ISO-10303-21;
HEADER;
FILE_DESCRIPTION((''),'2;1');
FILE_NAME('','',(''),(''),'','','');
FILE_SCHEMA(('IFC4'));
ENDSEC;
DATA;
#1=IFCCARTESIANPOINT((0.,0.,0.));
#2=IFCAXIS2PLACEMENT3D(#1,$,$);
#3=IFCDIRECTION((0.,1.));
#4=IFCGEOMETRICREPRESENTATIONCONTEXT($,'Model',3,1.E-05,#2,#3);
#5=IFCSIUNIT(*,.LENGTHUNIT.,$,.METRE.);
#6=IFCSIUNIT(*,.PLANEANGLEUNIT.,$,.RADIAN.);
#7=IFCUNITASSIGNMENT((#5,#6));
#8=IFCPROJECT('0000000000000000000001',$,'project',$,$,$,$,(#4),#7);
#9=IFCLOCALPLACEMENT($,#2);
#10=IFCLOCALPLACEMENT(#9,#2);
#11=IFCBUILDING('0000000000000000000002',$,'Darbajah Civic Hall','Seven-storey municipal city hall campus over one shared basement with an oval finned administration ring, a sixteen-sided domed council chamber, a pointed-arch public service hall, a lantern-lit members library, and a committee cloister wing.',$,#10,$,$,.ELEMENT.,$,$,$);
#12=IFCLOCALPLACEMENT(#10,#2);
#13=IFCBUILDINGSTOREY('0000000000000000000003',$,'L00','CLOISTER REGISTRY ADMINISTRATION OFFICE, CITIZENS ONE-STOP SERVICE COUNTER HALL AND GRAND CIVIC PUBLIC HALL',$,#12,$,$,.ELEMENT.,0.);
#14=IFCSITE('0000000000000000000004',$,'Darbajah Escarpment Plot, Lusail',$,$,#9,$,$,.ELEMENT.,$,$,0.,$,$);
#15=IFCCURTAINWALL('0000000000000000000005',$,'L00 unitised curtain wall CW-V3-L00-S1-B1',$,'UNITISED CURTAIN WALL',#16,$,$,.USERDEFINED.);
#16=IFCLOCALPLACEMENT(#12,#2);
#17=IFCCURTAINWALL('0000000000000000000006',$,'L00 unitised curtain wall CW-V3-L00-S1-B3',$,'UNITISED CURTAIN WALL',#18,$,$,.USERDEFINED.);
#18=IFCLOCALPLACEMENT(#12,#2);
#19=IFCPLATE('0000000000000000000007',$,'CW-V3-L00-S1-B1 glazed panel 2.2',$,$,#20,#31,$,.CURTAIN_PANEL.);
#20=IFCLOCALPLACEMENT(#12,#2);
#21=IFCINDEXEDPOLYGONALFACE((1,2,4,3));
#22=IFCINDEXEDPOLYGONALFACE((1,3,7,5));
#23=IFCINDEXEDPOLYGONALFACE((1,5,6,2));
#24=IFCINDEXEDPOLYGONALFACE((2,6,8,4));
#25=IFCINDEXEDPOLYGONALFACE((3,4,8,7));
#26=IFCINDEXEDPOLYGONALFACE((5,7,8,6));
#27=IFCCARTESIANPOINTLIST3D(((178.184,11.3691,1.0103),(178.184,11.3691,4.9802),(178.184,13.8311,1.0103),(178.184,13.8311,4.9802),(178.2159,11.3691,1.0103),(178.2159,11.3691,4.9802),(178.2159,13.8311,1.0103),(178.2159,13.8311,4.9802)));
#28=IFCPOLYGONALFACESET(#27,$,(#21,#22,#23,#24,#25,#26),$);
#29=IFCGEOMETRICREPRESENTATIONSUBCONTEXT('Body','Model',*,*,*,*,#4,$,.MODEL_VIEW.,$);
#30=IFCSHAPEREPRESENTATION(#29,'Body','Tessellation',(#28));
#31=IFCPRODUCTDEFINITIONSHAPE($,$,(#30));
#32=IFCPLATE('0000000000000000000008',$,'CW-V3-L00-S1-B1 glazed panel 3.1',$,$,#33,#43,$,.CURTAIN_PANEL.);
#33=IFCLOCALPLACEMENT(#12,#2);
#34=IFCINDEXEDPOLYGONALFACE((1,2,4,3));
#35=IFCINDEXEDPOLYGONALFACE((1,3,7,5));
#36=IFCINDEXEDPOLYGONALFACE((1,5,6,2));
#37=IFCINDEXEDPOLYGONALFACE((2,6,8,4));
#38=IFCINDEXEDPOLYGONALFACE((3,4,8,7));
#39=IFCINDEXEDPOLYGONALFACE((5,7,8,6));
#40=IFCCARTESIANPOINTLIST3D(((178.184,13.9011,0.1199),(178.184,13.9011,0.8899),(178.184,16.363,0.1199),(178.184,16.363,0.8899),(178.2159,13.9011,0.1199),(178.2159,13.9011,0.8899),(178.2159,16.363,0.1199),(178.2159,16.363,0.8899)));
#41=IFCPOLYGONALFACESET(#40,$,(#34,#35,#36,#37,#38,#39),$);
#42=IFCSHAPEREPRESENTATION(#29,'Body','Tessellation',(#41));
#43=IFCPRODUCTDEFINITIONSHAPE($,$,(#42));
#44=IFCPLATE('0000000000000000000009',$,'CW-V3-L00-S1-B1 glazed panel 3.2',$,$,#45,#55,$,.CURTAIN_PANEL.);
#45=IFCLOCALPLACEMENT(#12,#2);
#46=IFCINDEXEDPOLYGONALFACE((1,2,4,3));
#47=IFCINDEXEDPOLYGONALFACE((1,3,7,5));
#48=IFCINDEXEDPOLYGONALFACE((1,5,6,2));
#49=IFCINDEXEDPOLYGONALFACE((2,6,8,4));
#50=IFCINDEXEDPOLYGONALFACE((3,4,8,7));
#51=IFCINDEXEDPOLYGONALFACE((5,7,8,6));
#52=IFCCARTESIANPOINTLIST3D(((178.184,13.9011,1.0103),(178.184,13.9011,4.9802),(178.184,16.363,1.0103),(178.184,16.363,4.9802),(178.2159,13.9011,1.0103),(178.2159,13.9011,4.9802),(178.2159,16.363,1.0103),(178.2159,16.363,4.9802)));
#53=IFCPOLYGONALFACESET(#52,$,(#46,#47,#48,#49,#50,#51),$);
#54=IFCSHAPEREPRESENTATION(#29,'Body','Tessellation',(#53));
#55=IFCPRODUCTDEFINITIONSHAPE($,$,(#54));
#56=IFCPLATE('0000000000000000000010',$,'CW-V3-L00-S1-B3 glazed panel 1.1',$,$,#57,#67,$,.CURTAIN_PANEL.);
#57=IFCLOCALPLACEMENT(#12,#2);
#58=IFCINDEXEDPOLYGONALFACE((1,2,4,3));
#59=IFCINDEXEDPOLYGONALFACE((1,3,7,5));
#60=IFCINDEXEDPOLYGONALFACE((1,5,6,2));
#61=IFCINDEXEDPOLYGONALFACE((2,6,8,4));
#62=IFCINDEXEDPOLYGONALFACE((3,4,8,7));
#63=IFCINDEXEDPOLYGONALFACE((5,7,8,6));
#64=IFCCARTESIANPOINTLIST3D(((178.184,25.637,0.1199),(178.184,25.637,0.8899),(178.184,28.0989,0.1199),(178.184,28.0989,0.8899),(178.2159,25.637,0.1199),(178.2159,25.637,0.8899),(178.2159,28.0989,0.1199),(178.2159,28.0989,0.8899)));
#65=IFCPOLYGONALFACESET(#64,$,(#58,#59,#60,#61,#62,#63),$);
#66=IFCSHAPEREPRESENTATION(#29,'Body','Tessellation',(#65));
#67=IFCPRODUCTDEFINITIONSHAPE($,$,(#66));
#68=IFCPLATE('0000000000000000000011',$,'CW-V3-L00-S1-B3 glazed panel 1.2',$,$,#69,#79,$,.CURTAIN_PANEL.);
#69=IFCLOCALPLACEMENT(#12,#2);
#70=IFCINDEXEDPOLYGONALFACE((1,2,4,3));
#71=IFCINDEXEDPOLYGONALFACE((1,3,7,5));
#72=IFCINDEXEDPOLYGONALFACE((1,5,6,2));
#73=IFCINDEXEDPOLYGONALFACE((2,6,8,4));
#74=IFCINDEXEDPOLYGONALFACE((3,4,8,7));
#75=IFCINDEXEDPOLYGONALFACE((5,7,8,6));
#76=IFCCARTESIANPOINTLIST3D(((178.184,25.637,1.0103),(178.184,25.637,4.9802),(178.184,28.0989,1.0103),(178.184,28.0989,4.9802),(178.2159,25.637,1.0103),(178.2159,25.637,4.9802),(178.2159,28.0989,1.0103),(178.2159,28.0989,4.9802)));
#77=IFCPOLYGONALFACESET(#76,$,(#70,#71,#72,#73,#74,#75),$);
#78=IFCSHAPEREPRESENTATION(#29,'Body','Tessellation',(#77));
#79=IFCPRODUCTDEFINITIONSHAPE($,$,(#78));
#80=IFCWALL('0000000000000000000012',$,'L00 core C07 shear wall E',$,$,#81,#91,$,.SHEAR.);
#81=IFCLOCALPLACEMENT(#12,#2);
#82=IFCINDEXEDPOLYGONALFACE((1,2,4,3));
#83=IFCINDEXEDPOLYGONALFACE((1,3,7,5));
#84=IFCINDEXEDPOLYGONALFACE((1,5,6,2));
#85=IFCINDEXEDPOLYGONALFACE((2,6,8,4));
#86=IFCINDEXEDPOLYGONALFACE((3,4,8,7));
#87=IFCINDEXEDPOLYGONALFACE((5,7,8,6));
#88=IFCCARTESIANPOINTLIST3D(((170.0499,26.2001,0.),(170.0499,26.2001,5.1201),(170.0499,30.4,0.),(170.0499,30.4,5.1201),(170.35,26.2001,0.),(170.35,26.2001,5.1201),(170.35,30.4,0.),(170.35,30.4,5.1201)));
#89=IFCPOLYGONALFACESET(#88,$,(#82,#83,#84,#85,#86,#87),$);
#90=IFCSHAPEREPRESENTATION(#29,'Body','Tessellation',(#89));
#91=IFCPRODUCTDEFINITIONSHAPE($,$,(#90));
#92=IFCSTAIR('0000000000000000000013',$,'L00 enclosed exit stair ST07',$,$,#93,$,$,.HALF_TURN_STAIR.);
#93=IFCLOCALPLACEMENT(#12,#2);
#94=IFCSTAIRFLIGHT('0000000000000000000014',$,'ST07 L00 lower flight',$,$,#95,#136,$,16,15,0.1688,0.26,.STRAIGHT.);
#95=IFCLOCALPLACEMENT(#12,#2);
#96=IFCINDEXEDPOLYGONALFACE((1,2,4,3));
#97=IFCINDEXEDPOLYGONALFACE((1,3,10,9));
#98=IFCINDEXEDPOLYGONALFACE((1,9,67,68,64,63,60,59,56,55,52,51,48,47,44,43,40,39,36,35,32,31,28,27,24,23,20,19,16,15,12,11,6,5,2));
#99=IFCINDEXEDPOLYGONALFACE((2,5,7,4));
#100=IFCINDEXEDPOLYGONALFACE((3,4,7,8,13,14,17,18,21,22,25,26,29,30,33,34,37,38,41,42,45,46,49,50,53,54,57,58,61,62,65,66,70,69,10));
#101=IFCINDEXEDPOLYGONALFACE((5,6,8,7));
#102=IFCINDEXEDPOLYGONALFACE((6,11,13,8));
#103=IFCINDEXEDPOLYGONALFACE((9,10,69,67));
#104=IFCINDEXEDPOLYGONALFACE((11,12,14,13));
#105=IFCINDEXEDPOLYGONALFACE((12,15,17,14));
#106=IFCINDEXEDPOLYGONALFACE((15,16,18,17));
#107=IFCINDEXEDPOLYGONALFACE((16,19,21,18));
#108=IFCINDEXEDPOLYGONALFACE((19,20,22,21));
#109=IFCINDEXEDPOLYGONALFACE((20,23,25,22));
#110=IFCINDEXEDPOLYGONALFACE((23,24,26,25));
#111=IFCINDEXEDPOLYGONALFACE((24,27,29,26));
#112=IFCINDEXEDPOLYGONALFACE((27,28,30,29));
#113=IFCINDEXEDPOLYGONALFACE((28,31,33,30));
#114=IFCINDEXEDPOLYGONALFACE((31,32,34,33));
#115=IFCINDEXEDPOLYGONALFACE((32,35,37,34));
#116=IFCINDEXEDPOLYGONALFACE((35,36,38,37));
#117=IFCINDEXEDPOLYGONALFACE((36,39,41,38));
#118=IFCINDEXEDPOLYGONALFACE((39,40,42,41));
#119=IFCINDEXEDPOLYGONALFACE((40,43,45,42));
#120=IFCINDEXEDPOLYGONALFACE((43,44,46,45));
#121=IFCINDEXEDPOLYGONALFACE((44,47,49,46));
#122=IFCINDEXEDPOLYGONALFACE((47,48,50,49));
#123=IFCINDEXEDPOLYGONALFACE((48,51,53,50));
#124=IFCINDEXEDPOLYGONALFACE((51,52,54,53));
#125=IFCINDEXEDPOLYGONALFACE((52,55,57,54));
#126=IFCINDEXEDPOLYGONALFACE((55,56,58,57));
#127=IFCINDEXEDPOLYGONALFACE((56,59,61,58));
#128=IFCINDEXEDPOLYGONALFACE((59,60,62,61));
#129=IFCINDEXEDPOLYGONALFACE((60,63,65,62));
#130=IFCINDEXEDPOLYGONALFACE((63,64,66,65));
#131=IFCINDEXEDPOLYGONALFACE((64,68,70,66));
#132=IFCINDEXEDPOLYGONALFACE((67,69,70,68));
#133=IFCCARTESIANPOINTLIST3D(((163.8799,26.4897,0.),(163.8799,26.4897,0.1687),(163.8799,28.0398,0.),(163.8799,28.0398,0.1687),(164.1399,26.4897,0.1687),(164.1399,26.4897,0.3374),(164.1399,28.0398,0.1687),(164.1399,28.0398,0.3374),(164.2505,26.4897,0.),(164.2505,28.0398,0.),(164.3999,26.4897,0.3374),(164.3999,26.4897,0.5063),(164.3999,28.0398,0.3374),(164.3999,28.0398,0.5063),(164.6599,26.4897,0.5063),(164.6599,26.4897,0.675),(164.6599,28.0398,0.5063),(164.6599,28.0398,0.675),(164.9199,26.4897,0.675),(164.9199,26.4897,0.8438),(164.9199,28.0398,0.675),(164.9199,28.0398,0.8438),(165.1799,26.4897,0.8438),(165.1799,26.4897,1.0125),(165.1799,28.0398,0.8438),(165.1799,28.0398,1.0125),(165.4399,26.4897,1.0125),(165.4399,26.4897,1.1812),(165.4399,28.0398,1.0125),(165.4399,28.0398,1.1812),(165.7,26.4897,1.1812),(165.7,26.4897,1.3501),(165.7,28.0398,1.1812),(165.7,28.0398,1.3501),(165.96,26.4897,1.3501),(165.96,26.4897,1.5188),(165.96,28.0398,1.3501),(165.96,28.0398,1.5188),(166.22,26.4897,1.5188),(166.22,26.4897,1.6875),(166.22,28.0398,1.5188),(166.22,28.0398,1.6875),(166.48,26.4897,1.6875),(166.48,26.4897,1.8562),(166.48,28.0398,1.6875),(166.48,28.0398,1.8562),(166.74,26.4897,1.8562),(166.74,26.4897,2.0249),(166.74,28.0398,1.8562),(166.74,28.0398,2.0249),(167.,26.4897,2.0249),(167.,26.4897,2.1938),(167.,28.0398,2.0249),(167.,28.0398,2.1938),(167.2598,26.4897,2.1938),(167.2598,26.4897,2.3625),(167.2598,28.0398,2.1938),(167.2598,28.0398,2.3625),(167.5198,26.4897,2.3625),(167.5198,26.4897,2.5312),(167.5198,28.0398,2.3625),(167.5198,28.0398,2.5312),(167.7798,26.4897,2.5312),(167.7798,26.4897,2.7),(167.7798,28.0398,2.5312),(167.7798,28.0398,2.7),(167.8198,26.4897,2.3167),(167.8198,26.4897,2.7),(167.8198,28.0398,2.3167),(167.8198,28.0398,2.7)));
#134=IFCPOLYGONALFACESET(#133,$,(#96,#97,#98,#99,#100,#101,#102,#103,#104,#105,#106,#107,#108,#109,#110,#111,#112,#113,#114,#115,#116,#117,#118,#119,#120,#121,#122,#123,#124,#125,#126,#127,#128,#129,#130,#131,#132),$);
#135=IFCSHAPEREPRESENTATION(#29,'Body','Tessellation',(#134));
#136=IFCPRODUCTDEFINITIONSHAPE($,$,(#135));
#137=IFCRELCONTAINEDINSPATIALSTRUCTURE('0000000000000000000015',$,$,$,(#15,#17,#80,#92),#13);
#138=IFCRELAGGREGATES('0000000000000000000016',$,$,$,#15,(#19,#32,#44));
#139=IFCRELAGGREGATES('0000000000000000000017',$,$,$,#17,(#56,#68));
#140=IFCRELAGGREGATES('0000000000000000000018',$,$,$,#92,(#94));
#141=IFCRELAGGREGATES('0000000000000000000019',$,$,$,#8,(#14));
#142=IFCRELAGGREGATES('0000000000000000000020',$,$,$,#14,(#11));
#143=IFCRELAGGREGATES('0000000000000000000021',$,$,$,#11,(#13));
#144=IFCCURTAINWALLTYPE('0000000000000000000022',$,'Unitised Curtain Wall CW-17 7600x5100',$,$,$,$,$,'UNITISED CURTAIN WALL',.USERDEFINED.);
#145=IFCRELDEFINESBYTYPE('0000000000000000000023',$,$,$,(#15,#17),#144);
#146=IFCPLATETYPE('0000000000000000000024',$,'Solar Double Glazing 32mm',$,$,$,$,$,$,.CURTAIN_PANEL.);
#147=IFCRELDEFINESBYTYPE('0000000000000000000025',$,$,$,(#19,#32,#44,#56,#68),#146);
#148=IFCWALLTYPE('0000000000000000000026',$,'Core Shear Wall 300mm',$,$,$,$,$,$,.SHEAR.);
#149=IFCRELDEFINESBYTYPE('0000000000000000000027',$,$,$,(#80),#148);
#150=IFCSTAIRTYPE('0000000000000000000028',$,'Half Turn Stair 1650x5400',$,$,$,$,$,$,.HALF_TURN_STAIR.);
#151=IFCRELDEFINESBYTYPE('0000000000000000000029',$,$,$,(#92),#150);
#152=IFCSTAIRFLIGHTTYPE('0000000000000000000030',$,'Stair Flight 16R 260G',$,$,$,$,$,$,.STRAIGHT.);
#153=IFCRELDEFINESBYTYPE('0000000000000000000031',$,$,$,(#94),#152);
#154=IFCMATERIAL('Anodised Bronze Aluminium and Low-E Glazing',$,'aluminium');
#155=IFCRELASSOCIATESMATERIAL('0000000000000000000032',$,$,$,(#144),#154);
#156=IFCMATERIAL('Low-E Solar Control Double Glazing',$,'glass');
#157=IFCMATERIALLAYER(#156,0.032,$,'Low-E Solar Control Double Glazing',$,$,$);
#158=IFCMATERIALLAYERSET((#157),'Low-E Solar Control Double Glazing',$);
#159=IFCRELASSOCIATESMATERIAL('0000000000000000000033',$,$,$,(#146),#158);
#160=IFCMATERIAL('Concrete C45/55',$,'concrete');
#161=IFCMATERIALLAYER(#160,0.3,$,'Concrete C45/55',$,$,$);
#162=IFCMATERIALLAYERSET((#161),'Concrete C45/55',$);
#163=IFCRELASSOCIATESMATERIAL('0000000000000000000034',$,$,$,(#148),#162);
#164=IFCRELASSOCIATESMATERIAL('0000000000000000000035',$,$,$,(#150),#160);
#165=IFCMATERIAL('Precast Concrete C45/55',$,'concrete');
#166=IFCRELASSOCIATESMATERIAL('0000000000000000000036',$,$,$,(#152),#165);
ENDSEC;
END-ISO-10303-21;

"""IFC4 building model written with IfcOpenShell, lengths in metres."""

from ifc_helpers import new_model, si_unit, direction, frame, frame_2d, origin, origin_2d, place, context, subcontext, project, spatial, polyline, rectangle, outline, extrude, material, layer, layer_set, type_object, element, aggregate, save


model = new_model("IFC4")

# Units and contexts
model_context = context("Model", 3, precision=1e-05, world=origin(), true_north=direction((0.0, 1.0)))
body_context = subcontext(model_context, "Body", "Model", "MODEL_VIEW")
ifc_project = project(units=[si_unit("LENGTHUNIT", "METRE"), si_unit("PLANEANGLEUNIT", "RADIAN")], contexts=[model_context])

# Site, building, storey
site_placement = place(None, origin())
site = spatial("IfcSite", under=ifc_project, at=site_placement, Name="Darbajah Escarpment Plot, Lusail", CompositionType="ELEMENT", RefElevation=0.0)
building_placement = place(site_placement, origin())
building = spatial("IfcBuilding", under=site, at=building_placement, Name="Darbajah Civic Hall", Description="Seven-storey municipal city hall campus over one shared basement with an oval finned administration ring, a sixteen-sided domed council chamber, a pointed-arch public service hall, a lantern-lit members library, and a committee cloister wing.", CompositionType="ELEMENT")
storey_placement = place(building_placement, origin())
storey = spatial("IfcBuildingStorey", under=building, at=storey_placement, Name="L00", Description="CLOISTER REGISTRY ADMINISTRATION OFFICE, CITIZENS ONE-STOP SERVICE COUNTER HALL AND GRAND CIVIC PUBLIC HALL", CompositionType="ELEMENT", Elevation=0.0)

# Curtain walls
ifc_material_1 = material(Name="Anodised Bronze Aluminium and Low-E Glazing", Category="aluminium")
curtain_wall_type = type_object("IfcCurtainWallType", Name="Unitised Curtain Wall CW-17 7600x5100", ElementType="UNITISED CURTAIN WALL", PredefinedType="USERDEFINED", material=ifc_material_1)
curtain_wall_1_placement = place(storey_placement, origin())
curtain_wall_1 = element("IfcCurtainWall", 1, at=curtain_wall_1_placement, inside=storey, type_object=curtain_wall_type, Name="L00 unitised curtain wall CW-V3-L00-S1-B1", ObjectType="UNITISED CURTAIN WALL", PredefinedType="USERDEFINED")
curtain_wall_2_placement = place(storey_placement, origin())
curtain_wall_2 = element("IfcCurtainWall", 2, at=curtain_wall_2_placement, inside=storey, type_object=curtain_wall_type, Name="L00 unitised curtain wall CW-V3-L00-S1-B3", ObjectType="UNITISED CURTAIN WALL", PredefinedType="USERDEFINED")

# Shared definitions
ifc_material_2 = material(Name="Concrete C45/55", Category="concrete")

# Plates
ifc_material_3 = material(Name="Low-E Solar Control Double Glazing", Category="glass")
ifc_layer_1 = layer(ifc_material_3, 0.032, Name="Low-E Solar Control Double Glazing")
ifc_layer_set_1 = layer_set([ifc_layer_1], Name="Low-E Solar Control Double Glazing")
plate_type = type_object("IfcPlateType", Name="Solar Double Glazing 32mm", PredefinedType="CURTAIN_PANEL", material=ifc_layer_set_1)
plate_1_placement = place(storey_placement, frame((178.2, 12.6001, 1.0103), z_axis=(0.0, 0.0, 1.0), x_axis=(0.0, 1.0, 0.0)))
plate_1 = element("IfcPlate", 3, at=plate_1_placement, type_object=plate_type, Name="CW-V3-L00-S1-B1 glazed panel 2.2", PredefinedType="CURTAIN_PANEL", context=body_context, shape_type="SweptSolid", body=[
    extrude(rectangle(XDim=2.4619, YDim=0.032, at=origin_2d()), origin(), (0.0, 0.0, 1.0), 3.97),
])
plate_2_placement = place(storey_placement, frame((178.2, 15.1321, 0.1199), z_axis=(0.0, 0.0, 1.0), x_axis=(0.0, 1.0, 0.0)))
plate_2 = element("IfcPlate", 4, at=plate_2_placement, type_object=plate_type, Name="CW-V3-L00-S1-B1 glazed panel 3.1", PredefinedType="CURTAIN_PANEL", context=body_context, shape_type="SweptSolid", body=[
    extrude(rectangle(XDim=2.4619, YDim=0.032, at=origin_2d()), origin(), (0.0, 0.0, 1.0), 0.77),
])
plate_3_placement = place(storey_placement, frame((178.2, 15.1321, 1.0103), z_axis=(0.0, 0.0, 1.0), x_axis=(0.0, 1.0, 0.0)))
plate_3 = element("IfcPlate", 5, at=plate_3_placement, type_object=plate_type, Name="CW-V3-L00-S1-B1 glazed panel 3.2", PredefinedType="CURTAIN_PANEL", context=body_context, shape_type="SweptSolid", body=[
    extrude(rectangle(XDim=2.4619, YDim=0.032, at=origin_2d()), origin(), (0.0, 0.0, 1.0), 3.97),
])
aggregate(curtain_wall_1, [plate_1, plate_2, plate_3])
plate_4_placement = place(storey_placement, frame((178.2, 26.8679, 0.1199), z_axis=(0.0, 0.0, 1.0), x_axis=(0.0, 1.0, 0.0)))
plate_4 = element("IfcPlate", 6, at=plate_4_placement, type_object=plate_type, Name="CW-V3-L00-S1-B3 glazed panel 1.1", PredefinedType="CURTAIN_PANEL", context=body_context, shape_type="SweptSolid", body=[
    extrude(rectangle(XDim=2.4619, YDim=0.032, at=origin_2d()), origin(), (0.0, 0.0, 1.0), 0.77),
])
plate_5_placement = place(storey_placement, frame((178.2, 26.8679, 1.0103), z_axis=(0.0, 0.0, 1.0), x_axis=(0.0, 1.0, 0.0)))
plate_5 = element("IfcPlate", 7, at=plate_5_placement, type_object=plate_type, Name="CW-V3-L00-S1-B3 glazed panel 1.2", PredefinedType="CURTAIN_PANEL", context=body_context, shape_type="SweptSolid", body=[
    extrude(rectangle(XDim=2.4619, YDim=0.032, at=origin_2d()), origin(), (0.0, 0.0, 1.0), 3.97),
])
aggregate(curtain_wall_2, [plate_4, plate_5])

# Wall
ifc_layer_2 = layer(ifc_material_2, 0.3, Name="Concrete C45/55")
ifc_layer_set_2 = layer_set([ifc_layer_2], Name="Concrete C45/55")
wall_type_1 = type_object("IfcWallType", Name="Core Shear Wall 300mm", PredefinedType="SHEAR", material=ifc_layer_set_2)
wall_1_placement = place(storey_placement, frame((170.2, 26.2, 0.0), z_axis=(0.0, 0.0, 1.0), x_axis=(0.0, 1.0, 0.0)))
element("IfcWall", 8, at=wall_1_placement, inside=storey, type_object=wall_type_1, Name="L00 core C07 shear wall E", PredefinedType="SHEAR", context=body_context, shape_type="SweptSolid", body=[
    extrude(rectangle(XDim=4.2, YDim=0.3, at=frame_2d((2.1001, 0.0))), origin(), (0.0, 0.0, 1.0), 5.1201),
])

# Stair, stair flight
stair_type = type_object("IfcStairType", Name="Half Turn Stair 1650x5400", PredefinedType="HALF_TURN_STAIR", material=ifc_material_2)
stair_placement = place(storey_placement, origin())
stair = element("IfcStair", 9, at=stair_placement, inside=storey, type_object=stair_type, Name="L00 enclosed exit stair ST07", PredefinedType="HALF_TURN_STAIR")
ifc_material_4 = material(Name="Precast Concrete C45/55", Category="concrete")
stair_flight_type = type_object("IfcStairFlightType", Name="Stair Flight 16R 260G", PredefinedType="STRAIGHT", material=ifc_material_4)
stair_flight_placement = place(storey_placement, frame((163.8799, 27.2649, 0.0), z_axis=(0.0, 0.0, 1.0), x_axis=(1.0, 0.0, 0.0)))
stair_flight = element("IfcStairFlight", 10, at=stair_flight_placement, type_object=stair_flight_type, Name="ST07 L00 lower flight", NumberOfRisers=16, NumberOfTreads=15, PredefinedType="STRAIGHT", RiserHeight=0.1688, TreadLength=0.26, context=body_context, shape_type="SweptSolid", body=[
    extrude(outline(polyline([(0.0, 0.0), (0.0, 0.1687), (0.26, 0.1687), (0.26, 0.3374), (0.52, 0.3374), (0.52, 0.5063), (0.78, 0.5063), (0.78, 0.675), (1.04, 0.675), (1.04, 0.8438), (1.3, 0.8438), (1.3, 1.0125), (1.5601, 1.0125), (1.5601, 1.1812), (1.8201, 1.1812), (1.8201, 1.3501), (2.0801, 1.3501), (2.0801, 1.5188), (2.3401, 1.5188), (2.3401, 1.6875), (2.6001, 1.6875), (2.6001, 1.8562), (2.8601, 1.8562), (2.8601, 2.0249), (3.1201, 2.0249), (3.1201, 2.1938), (3.3799, 2.1938), (3.3799, 2.3625), (3.6399, 2.3625), (3.6399, 2.5312), (3.8999, 2.5312), (3.8999, 2.7), (3.9399, 2.7), (3.9399, 2.3167), (0.3706, 0.0), (0.0, 0.0)])), frame((0.0, 0.7749, 0.0), z_axis=(0.0, -1.0, 0.0), x_axis=(1.0, 0.0, 0.0)), (0.0, 0.0, 1.0), 1.55),
])
aggregate(stair, [stair_flight])

save(model, "model.ifc")
